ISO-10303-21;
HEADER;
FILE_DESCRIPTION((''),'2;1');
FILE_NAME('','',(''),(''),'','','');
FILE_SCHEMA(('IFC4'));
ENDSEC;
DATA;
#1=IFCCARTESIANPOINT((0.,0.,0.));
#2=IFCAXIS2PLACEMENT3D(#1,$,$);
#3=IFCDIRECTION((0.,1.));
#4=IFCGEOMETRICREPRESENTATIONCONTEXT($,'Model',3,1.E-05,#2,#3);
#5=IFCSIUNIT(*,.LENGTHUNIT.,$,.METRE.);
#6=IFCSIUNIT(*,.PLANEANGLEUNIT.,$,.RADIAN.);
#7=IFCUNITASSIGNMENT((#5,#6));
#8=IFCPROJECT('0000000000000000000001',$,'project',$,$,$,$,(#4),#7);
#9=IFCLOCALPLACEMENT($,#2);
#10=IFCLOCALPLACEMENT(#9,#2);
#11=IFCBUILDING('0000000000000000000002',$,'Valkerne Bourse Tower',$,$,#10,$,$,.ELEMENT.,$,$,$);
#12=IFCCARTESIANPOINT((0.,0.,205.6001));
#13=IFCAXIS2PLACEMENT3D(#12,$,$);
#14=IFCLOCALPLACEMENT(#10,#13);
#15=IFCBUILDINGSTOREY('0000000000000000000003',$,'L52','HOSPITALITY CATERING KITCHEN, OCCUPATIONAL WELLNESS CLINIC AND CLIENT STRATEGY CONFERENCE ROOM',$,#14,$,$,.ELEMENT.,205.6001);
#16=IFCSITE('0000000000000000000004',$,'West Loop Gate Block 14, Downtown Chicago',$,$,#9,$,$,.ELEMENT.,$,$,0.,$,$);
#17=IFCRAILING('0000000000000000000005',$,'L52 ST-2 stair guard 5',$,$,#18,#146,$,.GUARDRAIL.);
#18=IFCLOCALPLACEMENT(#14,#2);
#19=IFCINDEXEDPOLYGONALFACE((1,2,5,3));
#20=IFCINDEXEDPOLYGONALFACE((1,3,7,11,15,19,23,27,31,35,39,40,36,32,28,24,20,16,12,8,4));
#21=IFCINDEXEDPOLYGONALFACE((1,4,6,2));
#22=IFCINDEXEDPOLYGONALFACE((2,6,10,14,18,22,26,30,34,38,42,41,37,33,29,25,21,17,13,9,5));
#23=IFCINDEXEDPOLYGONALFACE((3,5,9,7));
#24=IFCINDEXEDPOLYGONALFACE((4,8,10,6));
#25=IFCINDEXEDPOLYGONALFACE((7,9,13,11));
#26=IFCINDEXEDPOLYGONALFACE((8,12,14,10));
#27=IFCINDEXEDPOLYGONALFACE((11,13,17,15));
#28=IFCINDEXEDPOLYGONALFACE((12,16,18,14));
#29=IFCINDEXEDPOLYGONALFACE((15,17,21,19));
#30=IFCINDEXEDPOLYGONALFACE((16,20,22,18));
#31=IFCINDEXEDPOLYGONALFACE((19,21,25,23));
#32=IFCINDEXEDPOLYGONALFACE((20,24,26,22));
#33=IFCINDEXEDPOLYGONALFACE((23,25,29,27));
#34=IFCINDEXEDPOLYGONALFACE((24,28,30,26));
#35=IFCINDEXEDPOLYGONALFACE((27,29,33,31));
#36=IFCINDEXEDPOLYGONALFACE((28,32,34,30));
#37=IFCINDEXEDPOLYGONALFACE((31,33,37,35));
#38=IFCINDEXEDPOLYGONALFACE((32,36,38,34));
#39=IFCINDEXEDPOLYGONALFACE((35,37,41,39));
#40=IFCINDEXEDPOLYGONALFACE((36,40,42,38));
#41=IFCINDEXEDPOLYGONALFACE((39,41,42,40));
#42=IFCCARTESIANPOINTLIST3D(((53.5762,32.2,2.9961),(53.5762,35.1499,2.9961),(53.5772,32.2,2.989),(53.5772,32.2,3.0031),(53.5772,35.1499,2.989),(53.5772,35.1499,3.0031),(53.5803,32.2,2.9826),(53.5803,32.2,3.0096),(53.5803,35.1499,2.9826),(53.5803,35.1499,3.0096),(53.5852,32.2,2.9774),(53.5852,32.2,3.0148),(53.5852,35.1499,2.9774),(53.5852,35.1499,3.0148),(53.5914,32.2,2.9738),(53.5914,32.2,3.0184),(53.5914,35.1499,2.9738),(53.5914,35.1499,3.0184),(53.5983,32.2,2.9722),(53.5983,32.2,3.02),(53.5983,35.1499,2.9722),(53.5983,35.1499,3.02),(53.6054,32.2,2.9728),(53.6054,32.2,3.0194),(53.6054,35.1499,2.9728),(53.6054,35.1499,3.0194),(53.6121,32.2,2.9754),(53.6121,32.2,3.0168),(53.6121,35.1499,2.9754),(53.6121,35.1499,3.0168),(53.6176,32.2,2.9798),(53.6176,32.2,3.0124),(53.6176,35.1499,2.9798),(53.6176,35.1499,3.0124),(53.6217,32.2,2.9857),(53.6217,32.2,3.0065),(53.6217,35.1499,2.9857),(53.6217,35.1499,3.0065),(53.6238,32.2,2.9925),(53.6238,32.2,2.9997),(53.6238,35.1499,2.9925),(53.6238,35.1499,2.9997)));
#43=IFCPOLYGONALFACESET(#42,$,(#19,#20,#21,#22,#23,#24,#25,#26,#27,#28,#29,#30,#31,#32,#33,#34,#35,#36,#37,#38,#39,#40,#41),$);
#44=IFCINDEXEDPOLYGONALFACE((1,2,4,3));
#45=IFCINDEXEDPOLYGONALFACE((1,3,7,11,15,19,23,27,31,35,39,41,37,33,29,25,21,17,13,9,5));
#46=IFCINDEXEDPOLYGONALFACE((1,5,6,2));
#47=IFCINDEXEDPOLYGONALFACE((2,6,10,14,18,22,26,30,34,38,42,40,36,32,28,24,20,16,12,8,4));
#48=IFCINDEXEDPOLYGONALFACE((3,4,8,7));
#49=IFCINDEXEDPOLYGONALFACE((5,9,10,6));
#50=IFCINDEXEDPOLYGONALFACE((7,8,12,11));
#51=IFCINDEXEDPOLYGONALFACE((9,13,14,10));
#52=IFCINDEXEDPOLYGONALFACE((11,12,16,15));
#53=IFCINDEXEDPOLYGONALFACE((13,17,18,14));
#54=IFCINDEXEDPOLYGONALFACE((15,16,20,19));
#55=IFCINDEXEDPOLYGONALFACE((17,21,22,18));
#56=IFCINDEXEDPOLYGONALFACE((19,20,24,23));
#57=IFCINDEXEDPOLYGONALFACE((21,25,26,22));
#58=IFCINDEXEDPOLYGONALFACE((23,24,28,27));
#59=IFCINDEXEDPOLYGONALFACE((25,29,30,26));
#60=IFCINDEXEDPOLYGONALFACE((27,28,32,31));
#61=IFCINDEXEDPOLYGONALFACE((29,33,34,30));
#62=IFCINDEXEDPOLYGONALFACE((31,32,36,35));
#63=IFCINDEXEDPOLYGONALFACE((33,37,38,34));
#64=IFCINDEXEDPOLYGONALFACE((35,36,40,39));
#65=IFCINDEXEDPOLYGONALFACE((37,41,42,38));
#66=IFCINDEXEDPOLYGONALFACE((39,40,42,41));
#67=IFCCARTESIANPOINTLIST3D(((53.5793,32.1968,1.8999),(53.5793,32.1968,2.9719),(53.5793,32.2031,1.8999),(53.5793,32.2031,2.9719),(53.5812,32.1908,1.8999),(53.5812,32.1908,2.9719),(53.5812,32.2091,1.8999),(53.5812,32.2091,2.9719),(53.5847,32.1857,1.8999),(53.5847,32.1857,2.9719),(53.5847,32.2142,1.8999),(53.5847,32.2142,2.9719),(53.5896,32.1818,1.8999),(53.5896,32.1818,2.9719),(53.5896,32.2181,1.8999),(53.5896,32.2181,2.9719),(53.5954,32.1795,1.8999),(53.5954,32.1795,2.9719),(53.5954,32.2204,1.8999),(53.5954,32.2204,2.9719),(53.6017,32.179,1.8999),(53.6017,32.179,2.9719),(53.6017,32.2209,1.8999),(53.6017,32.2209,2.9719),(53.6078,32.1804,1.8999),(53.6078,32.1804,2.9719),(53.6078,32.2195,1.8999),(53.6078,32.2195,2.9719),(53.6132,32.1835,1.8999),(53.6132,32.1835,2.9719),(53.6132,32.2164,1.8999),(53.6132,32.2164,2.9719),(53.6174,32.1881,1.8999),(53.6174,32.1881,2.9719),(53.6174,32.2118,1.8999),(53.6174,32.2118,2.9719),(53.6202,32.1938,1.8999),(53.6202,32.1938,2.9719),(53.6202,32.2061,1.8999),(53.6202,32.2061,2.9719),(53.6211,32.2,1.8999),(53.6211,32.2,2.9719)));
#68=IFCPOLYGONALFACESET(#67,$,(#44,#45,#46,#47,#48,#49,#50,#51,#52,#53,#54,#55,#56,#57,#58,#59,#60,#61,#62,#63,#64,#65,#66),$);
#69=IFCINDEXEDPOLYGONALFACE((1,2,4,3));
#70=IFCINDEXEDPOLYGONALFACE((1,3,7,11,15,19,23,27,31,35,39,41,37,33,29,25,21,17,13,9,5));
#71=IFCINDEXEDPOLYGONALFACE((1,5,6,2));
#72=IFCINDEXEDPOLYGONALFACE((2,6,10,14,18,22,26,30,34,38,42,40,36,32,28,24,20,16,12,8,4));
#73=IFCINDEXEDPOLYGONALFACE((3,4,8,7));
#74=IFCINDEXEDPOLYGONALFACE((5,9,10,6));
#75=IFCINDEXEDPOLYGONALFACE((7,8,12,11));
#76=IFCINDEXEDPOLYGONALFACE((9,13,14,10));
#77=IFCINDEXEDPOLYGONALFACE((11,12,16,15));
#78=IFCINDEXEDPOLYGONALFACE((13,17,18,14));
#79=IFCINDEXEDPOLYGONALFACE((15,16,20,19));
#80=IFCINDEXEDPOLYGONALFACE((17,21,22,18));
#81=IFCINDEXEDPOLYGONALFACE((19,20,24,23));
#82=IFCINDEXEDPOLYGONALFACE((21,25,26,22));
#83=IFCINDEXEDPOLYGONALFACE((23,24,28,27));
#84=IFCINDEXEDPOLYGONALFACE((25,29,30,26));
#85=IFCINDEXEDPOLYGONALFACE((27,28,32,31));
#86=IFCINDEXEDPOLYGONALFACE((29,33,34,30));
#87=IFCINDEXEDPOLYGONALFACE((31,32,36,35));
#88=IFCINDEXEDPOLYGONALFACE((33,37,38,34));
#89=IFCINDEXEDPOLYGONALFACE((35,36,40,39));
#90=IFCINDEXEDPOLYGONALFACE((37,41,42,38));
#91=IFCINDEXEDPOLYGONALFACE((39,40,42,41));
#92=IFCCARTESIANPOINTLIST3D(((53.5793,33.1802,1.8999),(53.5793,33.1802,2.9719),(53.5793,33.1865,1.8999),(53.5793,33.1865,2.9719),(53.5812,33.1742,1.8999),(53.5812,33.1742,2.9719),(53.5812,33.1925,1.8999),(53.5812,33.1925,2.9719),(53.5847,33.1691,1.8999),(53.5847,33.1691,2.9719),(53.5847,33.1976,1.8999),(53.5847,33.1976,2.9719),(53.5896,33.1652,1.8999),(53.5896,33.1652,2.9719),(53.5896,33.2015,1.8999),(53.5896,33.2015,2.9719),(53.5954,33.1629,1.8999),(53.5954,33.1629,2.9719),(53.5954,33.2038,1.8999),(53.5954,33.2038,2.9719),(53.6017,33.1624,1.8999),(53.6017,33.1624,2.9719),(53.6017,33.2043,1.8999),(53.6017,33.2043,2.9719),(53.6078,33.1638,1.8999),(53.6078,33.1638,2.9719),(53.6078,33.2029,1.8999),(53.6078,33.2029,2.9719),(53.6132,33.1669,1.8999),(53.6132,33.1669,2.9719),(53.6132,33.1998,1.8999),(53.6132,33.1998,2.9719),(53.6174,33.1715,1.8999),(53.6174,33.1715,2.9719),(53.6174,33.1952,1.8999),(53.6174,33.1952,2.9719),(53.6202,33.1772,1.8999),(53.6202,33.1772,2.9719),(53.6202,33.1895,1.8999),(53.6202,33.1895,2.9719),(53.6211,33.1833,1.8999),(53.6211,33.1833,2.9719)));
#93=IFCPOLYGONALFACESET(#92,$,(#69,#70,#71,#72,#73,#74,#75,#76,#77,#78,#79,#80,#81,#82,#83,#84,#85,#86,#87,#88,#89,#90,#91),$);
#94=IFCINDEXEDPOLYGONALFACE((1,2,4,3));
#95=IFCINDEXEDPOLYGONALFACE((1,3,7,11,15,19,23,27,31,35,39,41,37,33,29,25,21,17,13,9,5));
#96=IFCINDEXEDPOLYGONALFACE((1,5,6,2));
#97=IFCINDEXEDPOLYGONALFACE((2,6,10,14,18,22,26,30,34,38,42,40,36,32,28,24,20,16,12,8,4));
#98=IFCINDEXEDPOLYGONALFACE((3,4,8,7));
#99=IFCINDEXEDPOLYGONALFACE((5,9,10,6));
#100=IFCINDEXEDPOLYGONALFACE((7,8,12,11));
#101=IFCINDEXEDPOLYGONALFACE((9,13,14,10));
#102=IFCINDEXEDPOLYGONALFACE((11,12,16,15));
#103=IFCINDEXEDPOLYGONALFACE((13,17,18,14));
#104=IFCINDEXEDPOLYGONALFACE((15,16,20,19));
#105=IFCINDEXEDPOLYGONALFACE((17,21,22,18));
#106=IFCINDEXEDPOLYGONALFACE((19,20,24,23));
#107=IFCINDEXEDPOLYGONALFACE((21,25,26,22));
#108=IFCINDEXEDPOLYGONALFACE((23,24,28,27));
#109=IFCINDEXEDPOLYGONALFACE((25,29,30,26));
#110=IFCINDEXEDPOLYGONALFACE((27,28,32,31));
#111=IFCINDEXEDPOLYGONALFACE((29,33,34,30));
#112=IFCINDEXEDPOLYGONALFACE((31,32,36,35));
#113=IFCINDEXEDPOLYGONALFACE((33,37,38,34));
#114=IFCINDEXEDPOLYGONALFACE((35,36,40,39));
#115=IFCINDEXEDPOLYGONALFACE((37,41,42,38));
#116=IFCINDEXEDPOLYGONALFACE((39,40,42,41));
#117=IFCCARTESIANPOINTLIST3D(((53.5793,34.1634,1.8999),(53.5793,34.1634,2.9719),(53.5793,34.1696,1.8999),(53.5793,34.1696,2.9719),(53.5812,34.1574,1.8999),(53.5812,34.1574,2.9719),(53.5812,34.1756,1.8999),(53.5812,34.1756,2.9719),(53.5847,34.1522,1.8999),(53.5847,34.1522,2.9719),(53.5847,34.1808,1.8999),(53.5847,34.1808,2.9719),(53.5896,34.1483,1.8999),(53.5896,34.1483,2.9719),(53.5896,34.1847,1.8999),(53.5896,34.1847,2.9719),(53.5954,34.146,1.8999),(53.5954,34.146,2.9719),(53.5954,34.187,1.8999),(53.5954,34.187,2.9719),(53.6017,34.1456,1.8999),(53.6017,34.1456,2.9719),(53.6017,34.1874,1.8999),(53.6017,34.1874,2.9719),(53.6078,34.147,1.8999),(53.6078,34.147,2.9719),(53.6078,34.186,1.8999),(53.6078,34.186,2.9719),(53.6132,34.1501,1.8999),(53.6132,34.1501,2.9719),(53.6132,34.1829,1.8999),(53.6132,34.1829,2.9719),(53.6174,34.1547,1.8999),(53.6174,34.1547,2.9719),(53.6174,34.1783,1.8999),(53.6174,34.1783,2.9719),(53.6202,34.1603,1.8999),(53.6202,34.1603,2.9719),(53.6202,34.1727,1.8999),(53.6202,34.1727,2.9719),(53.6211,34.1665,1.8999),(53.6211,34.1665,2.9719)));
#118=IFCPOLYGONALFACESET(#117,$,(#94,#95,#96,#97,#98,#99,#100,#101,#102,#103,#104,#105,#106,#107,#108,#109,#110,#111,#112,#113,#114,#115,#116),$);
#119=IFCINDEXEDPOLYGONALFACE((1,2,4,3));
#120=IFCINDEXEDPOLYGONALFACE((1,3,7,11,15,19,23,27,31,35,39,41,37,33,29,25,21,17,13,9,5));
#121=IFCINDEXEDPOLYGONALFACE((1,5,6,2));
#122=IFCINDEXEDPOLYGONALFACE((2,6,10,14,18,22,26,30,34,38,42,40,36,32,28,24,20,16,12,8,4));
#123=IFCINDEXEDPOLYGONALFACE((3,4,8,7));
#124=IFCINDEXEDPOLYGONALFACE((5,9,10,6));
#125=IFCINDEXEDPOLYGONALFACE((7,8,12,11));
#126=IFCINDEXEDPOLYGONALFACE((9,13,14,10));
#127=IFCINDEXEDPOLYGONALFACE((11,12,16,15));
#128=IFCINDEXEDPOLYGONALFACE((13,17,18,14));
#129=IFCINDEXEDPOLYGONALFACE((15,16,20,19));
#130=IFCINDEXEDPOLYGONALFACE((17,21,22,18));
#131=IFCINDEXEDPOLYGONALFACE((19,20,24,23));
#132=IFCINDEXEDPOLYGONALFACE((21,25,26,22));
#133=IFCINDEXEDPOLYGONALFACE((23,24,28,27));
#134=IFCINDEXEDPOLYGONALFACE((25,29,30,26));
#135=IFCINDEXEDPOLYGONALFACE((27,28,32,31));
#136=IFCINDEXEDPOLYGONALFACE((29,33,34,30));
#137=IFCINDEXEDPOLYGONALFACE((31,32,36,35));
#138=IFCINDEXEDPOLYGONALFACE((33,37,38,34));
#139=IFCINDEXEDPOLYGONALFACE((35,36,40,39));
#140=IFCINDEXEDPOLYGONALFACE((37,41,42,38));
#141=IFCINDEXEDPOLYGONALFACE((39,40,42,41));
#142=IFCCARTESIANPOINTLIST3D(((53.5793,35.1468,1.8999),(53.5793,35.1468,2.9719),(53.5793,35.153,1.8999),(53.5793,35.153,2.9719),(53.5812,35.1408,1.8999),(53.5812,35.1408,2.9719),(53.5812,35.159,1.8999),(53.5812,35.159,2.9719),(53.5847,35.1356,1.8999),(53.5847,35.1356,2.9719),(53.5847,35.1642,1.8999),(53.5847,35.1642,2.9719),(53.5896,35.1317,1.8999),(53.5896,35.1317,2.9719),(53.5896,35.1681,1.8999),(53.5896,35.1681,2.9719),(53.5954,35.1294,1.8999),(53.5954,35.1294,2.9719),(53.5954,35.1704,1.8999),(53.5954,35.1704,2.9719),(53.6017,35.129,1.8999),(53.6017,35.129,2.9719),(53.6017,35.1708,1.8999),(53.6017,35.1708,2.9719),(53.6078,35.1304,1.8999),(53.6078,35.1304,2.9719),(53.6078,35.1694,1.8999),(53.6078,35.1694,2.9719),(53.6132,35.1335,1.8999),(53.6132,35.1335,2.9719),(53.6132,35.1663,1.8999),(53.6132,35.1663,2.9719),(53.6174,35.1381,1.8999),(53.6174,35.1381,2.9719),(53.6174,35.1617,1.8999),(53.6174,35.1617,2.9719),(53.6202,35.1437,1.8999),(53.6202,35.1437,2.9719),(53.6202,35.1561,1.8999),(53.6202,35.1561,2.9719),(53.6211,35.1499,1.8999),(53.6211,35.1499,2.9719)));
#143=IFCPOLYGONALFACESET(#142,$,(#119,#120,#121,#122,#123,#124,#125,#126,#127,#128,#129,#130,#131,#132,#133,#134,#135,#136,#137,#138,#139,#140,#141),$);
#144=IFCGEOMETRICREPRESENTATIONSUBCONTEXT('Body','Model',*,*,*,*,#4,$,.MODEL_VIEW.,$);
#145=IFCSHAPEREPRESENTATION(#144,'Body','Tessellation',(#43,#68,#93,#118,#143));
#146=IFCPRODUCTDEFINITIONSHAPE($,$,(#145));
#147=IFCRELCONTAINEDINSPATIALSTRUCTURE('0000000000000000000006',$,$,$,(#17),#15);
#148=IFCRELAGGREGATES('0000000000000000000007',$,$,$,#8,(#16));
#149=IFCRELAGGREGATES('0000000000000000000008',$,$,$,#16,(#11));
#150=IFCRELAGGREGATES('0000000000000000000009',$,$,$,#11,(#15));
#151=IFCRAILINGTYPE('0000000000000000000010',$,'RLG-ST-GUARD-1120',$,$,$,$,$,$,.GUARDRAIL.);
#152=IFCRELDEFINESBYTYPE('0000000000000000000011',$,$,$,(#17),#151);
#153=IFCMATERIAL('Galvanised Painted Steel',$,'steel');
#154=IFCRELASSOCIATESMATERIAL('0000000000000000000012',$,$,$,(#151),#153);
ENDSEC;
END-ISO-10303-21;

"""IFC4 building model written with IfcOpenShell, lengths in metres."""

from ifc_helpers import new_model, si_unit, direction, frame, origin, origin_2d, place, context, subcontext, project, spatial, circle, extrude, material, type_object, element, save


model = new_model("IFC4")

# Units and contexts
model_context = context("Model", 3, precision=1e-05, world=origin(), true_north=direction((0.0, 1.0)))
body_context = subcontext(model_context, "Body", "Model", "MODEL_VIEW")
ifc_project = project(units=[si_unit("LENGTHUNIT", "METRE"), si_unit("PLANEANGLEUNIT", "RADIAN")], contexts=[model_context])

# Site, building, storey
site_placement = place(None, origin())
site = spatial("IfcSite", under=ifc_project, at=site_placement, Name="West Loop Gate Block 14, Downtown Chicago", CompositionType="ELEMENT", RefElevation=0.0)
building_placement = place(site_placement, origin())
building = spatial("IfcBuilding", under=site, at=building_placement, Name="Valkerne Bourse Tower", CompositionType="ELEMENT")
storey_placement = place(building_placement, frame((0.0, 0.0, 205.6001)))
storey = spatial("IfcBuildingStorey", under=building, at=storey_placement, Name="L52", Description="HOSPITALITY CATERING KITCHEN, OCCUPATIONAL WELLNESS CLINIC AND CLIENT STRATEGY CONFERENCE ROOM", CompositionType="ELEMENT", Elevation=205.6001)

# Railing
ifc_material_1 = material(Name="Galvanised Painted Steel", Category="steel")
railing_type = type_object("IfcRailingType", Name="RLG-ST-GUARD-1120", PredefinedType="GUARDRAIL", material=ifc_material_1)
railing_1_placement = place(storey_placement, frame((53.6001, 32.2, 1.8999)))
element("IfcRailing", 1, at=railing_1_placement, inside=storey, type_object=railing_type, Name="L52 ST-2 stair guard 5", PredefinedType="GUARDRAIL", context=body_context, shape_type="SweptSolid", body=[
    extrude(circle(Radius=0.0239, at=origin_2d()), frame((0.0, 0.0, 1.0962), z_axis=(0.0, 1.0, 0.0), x_axis=(-1.0, 0.0, 0.0)), (0.0, 0.0, 1.0), 2.95),
    extrude(circle(Radius=0.021, at=origin_2d()), origin(), (0.0, 0.0, 1.0), 1.072),
    extrude(circle(Radius=0.021, at=origin_2d()), frame((0.0, 0.9834, 0.0)), (0.0, 0.0, 1.0), 1.072),
    extrude(circle(Radius=0.021, at=origin_2d()), frame((0.0, 1.9666, 0.0)), (0.0, 0.0, 1.0), 1.072),
    extrude(circle(Radius=0.021, at=origin_2d()), frame((0.0, 2.95, 0.0)), (0.0, 0.0, 1.0), 1.072),
])

save(model, "model.ifc")
